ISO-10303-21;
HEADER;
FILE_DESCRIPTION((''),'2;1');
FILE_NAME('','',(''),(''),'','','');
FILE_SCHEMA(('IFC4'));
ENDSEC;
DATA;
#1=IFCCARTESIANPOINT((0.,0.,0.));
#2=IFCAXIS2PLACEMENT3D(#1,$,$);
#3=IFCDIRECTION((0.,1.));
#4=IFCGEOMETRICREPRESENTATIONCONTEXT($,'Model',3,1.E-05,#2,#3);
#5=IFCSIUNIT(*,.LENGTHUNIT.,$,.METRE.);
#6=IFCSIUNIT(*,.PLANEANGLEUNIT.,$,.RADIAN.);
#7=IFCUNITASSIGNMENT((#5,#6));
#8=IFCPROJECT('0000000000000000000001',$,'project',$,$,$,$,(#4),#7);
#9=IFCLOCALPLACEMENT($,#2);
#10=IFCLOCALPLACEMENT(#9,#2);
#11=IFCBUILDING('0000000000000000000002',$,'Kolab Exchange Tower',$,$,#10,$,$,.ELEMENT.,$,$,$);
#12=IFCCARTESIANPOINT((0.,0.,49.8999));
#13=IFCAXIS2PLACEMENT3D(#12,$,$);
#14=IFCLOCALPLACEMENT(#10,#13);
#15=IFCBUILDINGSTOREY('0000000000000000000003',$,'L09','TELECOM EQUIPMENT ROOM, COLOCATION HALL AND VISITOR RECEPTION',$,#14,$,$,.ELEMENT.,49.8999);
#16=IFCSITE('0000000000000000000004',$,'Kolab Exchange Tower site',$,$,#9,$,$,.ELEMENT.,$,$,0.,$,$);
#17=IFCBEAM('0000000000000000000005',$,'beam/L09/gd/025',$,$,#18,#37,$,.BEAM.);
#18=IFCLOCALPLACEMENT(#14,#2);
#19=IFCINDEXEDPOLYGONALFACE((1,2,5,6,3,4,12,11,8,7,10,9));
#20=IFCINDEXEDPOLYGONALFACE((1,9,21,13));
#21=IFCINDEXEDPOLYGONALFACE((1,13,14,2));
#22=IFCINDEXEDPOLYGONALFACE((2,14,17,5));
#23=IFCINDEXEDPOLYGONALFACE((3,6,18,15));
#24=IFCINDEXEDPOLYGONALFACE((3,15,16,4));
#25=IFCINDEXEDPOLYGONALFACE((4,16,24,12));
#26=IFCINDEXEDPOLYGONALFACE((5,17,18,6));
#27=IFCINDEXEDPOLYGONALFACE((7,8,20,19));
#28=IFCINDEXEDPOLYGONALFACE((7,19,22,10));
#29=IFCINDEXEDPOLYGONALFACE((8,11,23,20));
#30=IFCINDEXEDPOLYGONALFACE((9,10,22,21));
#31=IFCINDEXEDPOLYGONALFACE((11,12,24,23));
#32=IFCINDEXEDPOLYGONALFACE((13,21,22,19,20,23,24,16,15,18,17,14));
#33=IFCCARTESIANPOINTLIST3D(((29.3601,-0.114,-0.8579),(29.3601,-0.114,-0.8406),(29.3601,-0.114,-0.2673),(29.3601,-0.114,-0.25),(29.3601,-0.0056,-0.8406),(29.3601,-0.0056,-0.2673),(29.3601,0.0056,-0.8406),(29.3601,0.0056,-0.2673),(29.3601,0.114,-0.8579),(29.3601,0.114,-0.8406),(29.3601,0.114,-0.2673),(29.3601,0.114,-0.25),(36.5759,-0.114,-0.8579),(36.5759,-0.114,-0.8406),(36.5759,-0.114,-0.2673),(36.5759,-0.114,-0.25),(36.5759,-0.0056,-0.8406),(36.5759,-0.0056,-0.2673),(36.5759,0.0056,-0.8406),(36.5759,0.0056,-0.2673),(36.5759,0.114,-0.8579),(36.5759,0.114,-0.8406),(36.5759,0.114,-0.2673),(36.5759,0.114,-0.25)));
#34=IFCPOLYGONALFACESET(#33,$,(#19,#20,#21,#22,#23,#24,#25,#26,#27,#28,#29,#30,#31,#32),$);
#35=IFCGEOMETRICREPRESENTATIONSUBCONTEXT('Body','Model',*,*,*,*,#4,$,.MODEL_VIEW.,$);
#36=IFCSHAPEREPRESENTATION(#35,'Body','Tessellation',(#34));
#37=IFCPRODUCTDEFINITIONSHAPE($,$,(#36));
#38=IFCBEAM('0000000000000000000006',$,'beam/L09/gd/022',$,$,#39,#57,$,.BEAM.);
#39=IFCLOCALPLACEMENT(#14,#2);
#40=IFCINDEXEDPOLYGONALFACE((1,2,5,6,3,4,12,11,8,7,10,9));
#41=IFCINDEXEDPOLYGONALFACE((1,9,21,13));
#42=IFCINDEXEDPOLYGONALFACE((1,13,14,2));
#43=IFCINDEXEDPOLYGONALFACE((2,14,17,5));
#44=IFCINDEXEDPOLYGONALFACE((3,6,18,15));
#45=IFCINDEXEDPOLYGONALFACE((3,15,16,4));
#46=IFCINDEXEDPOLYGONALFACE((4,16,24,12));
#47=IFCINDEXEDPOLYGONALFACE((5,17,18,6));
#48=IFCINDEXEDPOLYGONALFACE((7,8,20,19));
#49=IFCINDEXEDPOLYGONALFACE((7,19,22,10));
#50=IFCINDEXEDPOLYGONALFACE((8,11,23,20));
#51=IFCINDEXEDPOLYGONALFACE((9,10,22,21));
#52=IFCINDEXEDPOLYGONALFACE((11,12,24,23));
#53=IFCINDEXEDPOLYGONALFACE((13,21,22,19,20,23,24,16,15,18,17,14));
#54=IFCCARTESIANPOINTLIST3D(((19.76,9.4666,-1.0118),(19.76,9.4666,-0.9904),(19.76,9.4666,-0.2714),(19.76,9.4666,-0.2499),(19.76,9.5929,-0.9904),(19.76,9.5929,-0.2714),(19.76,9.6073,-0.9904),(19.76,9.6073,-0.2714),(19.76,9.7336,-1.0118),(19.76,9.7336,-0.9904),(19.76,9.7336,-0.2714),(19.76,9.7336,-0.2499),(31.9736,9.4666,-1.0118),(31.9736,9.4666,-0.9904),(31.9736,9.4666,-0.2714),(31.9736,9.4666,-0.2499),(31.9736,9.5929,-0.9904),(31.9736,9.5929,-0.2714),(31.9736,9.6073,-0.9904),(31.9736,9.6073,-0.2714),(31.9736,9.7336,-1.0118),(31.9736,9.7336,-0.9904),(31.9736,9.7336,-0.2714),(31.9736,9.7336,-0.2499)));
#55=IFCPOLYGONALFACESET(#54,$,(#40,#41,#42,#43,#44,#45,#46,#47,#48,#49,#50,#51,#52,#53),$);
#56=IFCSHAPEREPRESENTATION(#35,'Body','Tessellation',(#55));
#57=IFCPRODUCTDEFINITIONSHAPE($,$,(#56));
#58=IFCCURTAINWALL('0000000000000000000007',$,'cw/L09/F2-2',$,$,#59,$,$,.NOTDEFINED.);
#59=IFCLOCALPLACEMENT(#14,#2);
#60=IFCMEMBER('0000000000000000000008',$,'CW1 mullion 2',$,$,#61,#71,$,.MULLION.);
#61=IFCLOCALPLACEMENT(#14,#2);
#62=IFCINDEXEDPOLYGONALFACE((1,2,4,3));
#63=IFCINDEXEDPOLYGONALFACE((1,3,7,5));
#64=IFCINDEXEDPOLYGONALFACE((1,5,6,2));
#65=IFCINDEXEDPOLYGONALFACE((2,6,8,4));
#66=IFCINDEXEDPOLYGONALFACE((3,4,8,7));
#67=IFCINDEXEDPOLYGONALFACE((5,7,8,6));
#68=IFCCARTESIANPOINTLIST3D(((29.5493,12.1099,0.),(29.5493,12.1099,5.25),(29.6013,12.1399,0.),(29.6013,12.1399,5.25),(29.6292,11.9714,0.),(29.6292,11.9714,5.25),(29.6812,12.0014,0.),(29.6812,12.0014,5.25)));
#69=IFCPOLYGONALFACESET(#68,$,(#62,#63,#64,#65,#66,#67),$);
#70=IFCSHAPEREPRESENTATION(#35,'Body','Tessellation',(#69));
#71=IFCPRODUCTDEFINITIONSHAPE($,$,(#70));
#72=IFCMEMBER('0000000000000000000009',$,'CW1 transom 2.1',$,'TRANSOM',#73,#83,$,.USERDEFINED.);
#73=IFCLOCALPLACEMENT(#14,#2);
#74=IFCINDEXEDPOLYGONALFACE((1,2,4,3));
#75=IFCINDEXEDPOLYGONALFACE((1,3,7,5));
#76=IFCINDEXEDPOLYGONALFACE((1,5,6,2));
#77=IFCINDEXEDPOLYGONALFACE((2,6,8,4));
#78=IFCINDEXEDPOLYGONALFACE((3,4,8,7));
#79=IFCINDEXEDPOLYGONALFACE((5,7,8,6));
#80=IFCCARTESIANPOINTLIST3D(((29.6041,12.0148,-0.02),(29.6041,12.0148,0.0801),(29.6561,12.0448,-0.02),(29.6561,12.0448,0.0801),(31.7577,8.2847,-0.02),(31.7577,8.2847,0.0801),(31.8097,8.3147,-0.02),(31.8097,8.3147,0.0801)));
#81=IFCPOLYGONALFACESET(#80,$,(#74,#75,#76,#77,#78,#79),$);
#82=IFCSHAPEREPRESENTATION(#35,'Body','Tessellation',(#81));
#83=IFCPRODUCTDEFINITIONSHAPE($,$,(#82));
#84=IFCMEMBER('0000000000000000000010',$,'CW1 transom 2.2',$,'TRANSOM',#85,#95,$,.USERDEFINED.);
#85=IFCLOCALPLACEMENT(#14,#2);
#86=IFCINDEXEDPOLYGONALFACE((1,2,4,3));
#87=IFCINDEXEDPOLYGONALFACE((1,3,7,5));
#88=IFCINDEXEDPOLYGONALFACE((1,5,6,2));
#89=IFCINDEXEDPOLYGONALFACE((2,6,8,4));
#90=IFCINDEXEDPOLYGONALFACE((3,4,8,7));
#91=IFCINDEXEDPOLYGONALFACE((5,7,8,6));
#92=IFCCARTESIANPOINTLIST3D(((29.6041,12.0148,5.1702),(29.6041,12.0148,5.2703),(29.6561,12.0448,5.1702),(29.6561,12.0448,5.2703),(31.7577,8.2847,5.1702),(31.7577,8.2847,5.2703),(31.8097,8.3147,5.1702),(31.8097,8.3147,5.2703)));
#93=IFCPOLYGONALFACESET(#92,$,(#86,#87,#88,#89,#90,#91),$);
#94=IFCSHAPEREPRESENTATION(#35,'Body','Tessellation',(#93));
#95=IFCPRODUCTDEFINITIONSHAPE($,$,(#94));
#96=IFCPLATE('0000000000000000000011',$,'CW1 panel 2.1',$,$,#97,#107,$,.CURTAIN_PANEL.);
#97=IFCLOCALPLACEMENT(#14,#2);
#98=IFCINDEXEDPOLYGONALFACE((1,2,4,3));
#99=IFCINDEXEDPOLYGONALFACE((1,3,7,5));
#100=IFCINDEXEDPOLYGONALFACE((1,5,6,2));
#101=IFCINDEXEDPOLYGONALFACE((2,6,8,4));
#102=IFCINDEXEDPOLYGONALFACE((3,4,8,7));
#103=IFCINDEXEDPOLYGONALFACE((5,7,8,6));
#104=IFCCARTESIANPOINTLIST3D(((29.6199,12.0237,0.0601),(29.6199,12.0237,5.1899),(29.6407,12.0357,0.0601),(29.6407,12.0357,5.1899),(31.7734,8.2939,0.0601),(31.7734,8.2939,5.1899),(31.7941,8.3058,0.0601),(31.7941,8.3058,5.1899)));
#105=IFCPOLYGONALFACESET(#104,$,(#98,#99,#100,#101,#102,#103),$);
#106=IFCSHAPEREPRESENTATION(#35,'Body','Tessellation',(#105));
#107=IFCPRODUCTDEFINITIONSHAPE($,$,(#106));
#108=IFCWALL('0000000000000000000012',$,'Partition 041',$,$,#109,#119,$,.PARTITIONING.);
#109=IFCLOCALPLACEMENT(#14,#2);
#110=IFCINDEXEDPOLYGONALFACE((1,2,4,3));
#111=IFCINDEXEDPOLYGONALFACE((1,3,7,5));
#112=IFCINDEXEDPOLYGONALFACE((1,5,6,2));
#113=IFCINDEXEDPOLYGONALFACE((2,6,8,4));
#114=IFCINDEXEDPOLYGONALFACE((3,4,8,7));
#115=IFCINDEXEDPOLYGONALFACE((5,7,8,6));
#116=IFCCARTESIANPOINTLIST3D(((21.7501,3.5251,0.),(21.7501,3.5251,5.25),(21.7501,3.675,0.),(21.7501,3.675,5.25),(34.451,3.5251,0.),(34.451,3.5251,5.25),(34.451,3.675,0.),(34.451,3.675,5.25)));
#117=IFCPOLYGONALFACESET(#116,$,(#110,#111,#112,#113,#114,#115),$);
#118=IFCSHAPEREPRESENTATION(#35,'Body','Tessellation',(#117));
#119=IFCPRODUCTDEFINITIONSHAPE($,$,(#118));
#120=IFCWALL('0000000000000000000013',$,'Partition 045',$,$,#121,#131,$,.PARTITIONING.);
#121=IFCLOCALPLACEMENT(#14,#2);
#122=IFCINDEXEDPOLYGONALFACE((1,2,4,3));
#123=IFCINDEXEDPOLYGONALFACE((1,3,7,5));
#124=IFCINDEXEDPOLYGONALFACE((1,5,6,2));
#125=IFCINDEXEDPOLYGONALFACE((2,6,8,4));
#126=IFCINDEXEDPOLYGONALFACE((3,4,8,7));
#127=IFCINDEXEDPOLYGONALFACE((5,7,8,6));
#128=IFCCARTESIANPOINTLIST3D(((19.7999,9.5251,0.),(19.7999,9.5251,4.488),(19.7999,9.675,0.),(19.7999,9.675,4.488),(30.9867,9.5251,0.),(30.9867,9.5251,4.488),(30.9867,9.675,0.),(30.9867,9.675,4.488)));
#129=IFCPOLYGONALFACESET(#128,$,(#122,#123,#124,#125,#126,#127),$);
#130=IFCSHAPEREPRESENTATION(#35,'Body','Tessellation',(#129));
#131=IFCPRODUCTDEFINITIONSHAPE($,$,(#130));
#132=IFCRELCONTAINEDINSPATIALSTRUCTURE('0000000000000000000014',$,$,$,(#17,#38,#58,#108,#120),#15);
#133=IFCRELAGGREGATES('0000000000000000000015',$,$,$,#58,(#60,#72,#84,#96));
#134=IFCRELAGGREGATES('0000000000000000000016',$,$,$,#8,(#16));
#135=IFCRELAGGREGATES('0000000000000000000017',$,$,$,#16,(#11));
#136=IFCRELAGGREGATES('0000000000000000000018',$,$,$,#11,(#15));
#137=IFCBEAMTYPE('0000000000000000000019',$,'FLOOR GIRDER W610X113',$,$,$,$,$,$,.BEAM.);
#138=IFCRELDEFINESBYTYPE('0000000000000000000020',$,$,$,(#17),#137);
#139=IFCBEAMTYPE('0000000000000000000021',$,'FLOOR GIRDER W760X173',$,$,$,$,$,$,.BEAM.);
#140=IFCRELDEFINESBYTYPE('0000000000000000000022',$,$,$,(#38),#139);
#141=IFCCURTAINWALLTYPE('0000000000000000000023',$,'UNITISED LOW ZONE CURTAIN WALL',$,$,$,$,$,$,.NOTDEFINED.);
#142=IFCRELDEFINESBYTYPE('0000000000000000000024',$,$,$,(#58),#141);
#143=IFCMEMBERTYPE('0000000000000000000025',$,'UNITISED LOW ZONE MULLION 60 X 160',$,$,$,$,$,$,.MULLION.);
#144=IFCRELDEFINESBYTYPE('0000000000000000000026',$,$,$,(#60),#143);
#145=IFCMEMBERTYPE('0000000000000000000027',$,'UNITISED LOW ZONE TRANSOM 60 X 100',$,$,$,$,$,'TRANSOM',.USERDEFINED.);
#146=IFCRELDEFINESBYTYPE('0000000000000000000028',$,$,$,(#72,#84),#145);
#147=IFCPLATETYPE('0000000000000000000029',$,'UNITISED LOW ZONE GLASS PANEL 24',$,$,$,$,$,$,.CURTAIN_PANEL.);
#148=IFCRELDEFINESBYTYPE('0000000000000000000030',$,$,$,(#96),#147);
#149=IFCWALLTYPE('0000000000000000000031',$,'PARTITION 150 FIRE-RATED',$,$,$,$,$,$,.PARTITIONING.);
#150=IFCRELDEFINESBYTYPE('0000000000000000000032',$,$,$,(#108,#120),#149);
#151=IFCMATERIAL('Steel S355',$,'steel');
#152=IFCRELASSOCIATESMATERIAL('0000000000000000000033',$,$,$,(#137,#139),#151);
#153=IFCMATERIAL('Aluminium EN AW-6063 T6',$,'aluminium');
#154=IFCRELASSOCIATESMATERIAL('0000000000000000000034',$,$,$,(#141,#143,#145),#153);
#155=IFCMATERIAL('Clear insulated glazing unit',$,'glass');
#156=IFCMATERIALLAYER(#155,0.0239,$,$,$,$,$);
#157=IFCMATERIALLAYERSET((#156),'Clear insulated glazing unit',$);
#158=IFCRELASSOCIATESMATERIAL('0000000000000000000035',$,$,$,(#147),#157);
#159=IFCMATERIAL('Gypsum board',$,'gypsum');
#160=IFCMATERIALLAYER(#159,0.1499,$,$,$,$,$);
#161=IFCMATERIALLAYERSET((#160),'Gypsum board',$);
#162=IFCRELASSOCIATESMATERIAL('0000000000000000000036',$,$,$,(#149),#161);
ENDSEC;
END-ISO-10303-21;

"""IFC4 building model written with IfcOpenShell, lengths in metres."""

from ifc_helpers import new_model, si_unit, direction, frame, frame_2d, origin, origin_2d, place, context, subcontext, project, spatial, rectangle, i_section, extrude, material, layer, layer_set, material_profile, profile_set, type_object, element, aggregate, save


model = new_model("IFC4")

# Units and contexts
model_context = context("Model", 3, precision=1e-05, world=origin(), true_north=direction((0.0, 1.0)))
body_context = subcontext(model_context, "Body", "Model", "MODEL_VIEW")
ifc_project = project(units=[si_unit("LENGTHUNIT", "METRE"), si_unit("PLANEANGLEUNIT", "RADIAN")], contexts=[model_context])

# Site, building, storey
site_placement = place(None, origin())
site = spatial("IfcSite", under=ifc_project, at=site_placement, Name="Kolab Exchange Tower site", CompositionType="ELEMENT", RefElevation=0.0)
building_placement = place(site_placement, origin())
building = spatial("IfcBuilding", under=site, at=building_placement, Name="Kolab Exchange Tower", CompositionType="ELEMENT")
storey_placement = place(building_placement, frame((0.0, 0.0, 49.8999)))
storey = spatial("IfcBuildingStorey", under=building, at=storey_placement, Name="L09", Description="TELECOM EQUIPMENT ROOM, COLOCATION HALL AND VISITOR RECEPTION", CompositionType="ELEMENT", Elevation=49.8999)

# Beams
ifc_material_1 = material(Name="Steel S355", Category="steel")
ifc_material_profile_1 = material_profile(ifc_material_1, i_section(OverallWidth=0.228, OverallDepth=0.6079, WebThickness=0.0112, FlangeThickness=0.0173, at=origin_2d()), Name="W610X113")
ifc_profile_set_1 = profile_set([ifc_material_profile_1], Name="Steel S355")
beam_type_1 = type_object("IfcBeamType", Name="FLOOR GIRDER W610X113", PredefinedType="BEAM", material=ifc_profile_set_1)
beam_1_placement = place(storey_placement, frame((29.3601, 0.0, -0.554), z_axis=(1.0, 0.0, 0.0), x_axis=(0.0, 1.0, 0.0)))
element("IfcBeam", 1, at=beam_1_placement, inside=storey, type_object=beam_type_1, Name="beam/L09/gd/025", PredefinedType="BEAM", context=body_context, shape_type="SweptSolid", body=[
    extrude(i_section(OverallWidth=0.228, OverallDepth=0.6079, WebThickness=0.0112, FlangeThickness=0.0173, at=origin_2d()), origin(), (0.0, 0.0, 1.0), 7.2158),
])
ifc_material_profile_2 = material_profile(ifc_material_1, i_section(OverallWidth=0.2671, OverallDepth=0.762, WebThickness=0.0144, FlangeThickness=0.0215, at=origin_2d()), Name="W760X173")
ifc_profile_set_2 = profile_set([ifc_material_profile_2], Name="Steel S355")
beam_type_2 = type_object("IfcBeamType", Name="FLOOR GIRDER W760X173", PredefinedType="BEAM", material=ifc_profile_set_2)
beam_2_placement = place(storey_placement, frame((19.76, 9.6001, -0.6309), z_axis=(1.0, 0.0, 0.0), x_axis=(0.0, 1.0, 0.0)))
element("IfcBeam", 2, at=beam_2_placement, inside=storey, type_object=beam_type_2, Name="beam/L09/gd/022", PredefinedType="BEAM", context=body_context, shape_type="SweptSolid", body=[
    extrude(i_section(OverallWidth=0.2671, OverallDepth=0.762, WebThickness=0.0144, FlangeThickness=0.0215, at=origin_2d()), origin(), (0.0, 0.0, 1.0), 12.2136),
])

# Curtain wall, members, plate
ifc_material_2 = material(Name="Aluminium EN AW-6063 T6", Category="aluminium")
curtain_wall_type = type_object("IfcCurtainWallType", Name="UNITISED LOW ZONE CURTAIN WALL", PredefinedType="NOTDEFINED", material=ifc_material_2)
curtain_wall_placement = place(storey_placement, origin())
curtain_wall = element("IfcCurtainWall", 3, at=curtain_wall_placement, inside=storey, type_object=curtain_wall_type, Name="cw/L09/F2-2", PredefinedType="NOTDEFINED")
ifc_material_profile_3 = material_profile(ifc_material_2, rectangle(XDim=0.0601, YDim=0.1599, at=origin_2d()), Name="RECT 60X160")
ifc_profile_set_3 = profile_set([ifc_material_profile_3], Name="Aluminium EN AW-6063 T6")
member_type_1 = type_object("IfcMemberType", Name="UNITISED LOW ZONE MULLION 60 X 160", PredefinedType="MULLION", material=ifc_profile_set_3)
member_1_placement = place(storey_placement, frame((29.6152, 12.0557, 0.0), z_axis=(0.0, 0.0, 1.0), x_axis=(0.866025, 0.5, 0.0)))
member_1 = element("IfcMember", 4, at=member_1_placement, type_object=member_type_1, Name="CW1 mullion 2", PredefinedType="MULLION", context=body_context, shape_type="SweptSolid", body=[
    extrude(rectangle(XDim=0.0601, YDim=0.1599, at=origin_2d()), origin(), (0.0, 0.0, 1.0), 5.25),
])
ifc_material_profile_4 = material_profile(ifc_material_2, rectangle(XDim=0.0601, YDim=0.1001, at=origin_2d()), Name="RECT 60X100")
ifc_profile_set_4 = profile_set([ifc_material_profile_4], Name="Aluminium EN AW-6063 T6")
member_type_2 = type_object("IfcMemberType", Name="UNITISED LOW ZONE TRANSOM 60 X 100", ElementType="TRANSOM", PredefinedType="USERDEFINED", material=ifc_profile_set_4)
member_2_placement = place(storey_placement, frame((29.6301, 12.0298, 0.03), z_axis=(0.50001, -0.866019, 0.0), x_axis=(0.866019, 0.50001, 0.0)))
member_2 = element("IfcMember", 5, at=member_2_placement, type_object=member_type_2, Name="CW1 transom 2.1", ObjectType="TRANSOM", PredefinedType="USERDEFINED", context=body_context, shape_type="SweptSolid", body=[
    extrude(rectangle(XDim=0.0601, YDim=0.1001, at=origin_2d()), origin(), (0.0, 0.0, 1.0), 4.3071),
])
member_3_placement = place(storey_placement, frame((29.6301, 12.0298, 5.2202), z_axis=(0.50001, -0.866019, 0.0), x_axis=(0.866019, 0.50001, 0.0)))
member_3 = element("IfcMember", 6, at=member_3_placement, type_object=member_type_2, Name="CW1 transom 2.2", ObjectType="TRANSOM", PredefinedType="USERDEFINED", context=body_context, shape_type="SweptSolid", body=[
    extrude(rectangle(XDim=0.0601, YDim=0.1001, at=origin_2d()), origin(), (0.0, 0.0, 1.0), 4.3071),
])
ifc_material_3 = material(Name="Clear insulated glazing unit", Category="glass")
ifc_layer_1 = layer(ifc_material_3, 0.0239)
ifc_layer_set_1 = layer_set([ifc_layer_1], Name="Clear insulated glazing unit")
plate_type = type_object("IfcPlateType", Name="UNITISED LOW ZONE GLASS PANEL 24", PredefinedType="CURTAIN_PANEL", material=ifc_layer_set_1)
plate_placement = place(storey_placement, frame((30.707, 10.1648, 0.0601), z_axis=(0.0, 0.0, 1.0), x_axis=(0.5, -0.866025, 0.0)))
plate = element("IfcPlate", 7, at=plate_placement, type_object=plate_type, Name="CW1 panel 2.1", PredefinedType="CURTAIN_PANEL", context=body_context, shape_type="SweptSolid", body=[
    extrude(rectangle(XDim=4.3069, YDim=0.0239, at=origin_2d()), origin(), (0.0, 0.0, 1.0), 5.1299),
])
aggregate(curtain_wall, [member_1, member_2, member_3, plate])

# Walls
ifc_material_4 = material(Name="Gypsum board", Category="gypsum")
ifc_layer_2 = layer(ifc_material_4, 0.1499)
ifc_layer_set_2 = layer_set([ifc_layer_2], Name="Gypsum board")
wall_type = type_object("IfcWallType", Name="PARTITION 150 FIRE-RATED", PredefinedType="PARTITIONING", material=ifc_layer_set_2)
wall_1_placement = place(storey_placement, frame((21.75, 3.6001, 0.0), z_axis=(0.0, 0.0, 1.0), x_axis=(1.0, 0.0, 0.0)))
element("IfcWall", 8, at=wall_1_placement, inside=storey, type_object=wall_type, Name="Partition 041", PredefinedType="PARTITIONING", context=body_context, shape_type="SweptSolid", body=[
    extrude(rectangle(XDim=12.7009, YDim=0.1499, at=frame_2d((6.3506, 0.0))), origin(), (0.0, 0.0, 1.0), 5.25),
])
wall_2_placement = place(storey_placement, frame((19.8, 9.6001, 0.0), z_axis=(0.0, 0.0, 1.0), x_axis=(1.0, 0.0, 0.0)))
element("IfcWall", 9, at=wall_2_placement, inside=storey, type_object=wall_type, Name="Partition 045", PredefinedType="PARTITIONING", context=body_context, shape_type="SweptSolid", body=[
    extrude(rectangle(XDim=11.1868, YDim=0.1499, at=frame_2d((5.5933, 0.0))), origin(), (0.0, 0.0, 1.0), 4.488),
])

save(model, "model.ifc")
